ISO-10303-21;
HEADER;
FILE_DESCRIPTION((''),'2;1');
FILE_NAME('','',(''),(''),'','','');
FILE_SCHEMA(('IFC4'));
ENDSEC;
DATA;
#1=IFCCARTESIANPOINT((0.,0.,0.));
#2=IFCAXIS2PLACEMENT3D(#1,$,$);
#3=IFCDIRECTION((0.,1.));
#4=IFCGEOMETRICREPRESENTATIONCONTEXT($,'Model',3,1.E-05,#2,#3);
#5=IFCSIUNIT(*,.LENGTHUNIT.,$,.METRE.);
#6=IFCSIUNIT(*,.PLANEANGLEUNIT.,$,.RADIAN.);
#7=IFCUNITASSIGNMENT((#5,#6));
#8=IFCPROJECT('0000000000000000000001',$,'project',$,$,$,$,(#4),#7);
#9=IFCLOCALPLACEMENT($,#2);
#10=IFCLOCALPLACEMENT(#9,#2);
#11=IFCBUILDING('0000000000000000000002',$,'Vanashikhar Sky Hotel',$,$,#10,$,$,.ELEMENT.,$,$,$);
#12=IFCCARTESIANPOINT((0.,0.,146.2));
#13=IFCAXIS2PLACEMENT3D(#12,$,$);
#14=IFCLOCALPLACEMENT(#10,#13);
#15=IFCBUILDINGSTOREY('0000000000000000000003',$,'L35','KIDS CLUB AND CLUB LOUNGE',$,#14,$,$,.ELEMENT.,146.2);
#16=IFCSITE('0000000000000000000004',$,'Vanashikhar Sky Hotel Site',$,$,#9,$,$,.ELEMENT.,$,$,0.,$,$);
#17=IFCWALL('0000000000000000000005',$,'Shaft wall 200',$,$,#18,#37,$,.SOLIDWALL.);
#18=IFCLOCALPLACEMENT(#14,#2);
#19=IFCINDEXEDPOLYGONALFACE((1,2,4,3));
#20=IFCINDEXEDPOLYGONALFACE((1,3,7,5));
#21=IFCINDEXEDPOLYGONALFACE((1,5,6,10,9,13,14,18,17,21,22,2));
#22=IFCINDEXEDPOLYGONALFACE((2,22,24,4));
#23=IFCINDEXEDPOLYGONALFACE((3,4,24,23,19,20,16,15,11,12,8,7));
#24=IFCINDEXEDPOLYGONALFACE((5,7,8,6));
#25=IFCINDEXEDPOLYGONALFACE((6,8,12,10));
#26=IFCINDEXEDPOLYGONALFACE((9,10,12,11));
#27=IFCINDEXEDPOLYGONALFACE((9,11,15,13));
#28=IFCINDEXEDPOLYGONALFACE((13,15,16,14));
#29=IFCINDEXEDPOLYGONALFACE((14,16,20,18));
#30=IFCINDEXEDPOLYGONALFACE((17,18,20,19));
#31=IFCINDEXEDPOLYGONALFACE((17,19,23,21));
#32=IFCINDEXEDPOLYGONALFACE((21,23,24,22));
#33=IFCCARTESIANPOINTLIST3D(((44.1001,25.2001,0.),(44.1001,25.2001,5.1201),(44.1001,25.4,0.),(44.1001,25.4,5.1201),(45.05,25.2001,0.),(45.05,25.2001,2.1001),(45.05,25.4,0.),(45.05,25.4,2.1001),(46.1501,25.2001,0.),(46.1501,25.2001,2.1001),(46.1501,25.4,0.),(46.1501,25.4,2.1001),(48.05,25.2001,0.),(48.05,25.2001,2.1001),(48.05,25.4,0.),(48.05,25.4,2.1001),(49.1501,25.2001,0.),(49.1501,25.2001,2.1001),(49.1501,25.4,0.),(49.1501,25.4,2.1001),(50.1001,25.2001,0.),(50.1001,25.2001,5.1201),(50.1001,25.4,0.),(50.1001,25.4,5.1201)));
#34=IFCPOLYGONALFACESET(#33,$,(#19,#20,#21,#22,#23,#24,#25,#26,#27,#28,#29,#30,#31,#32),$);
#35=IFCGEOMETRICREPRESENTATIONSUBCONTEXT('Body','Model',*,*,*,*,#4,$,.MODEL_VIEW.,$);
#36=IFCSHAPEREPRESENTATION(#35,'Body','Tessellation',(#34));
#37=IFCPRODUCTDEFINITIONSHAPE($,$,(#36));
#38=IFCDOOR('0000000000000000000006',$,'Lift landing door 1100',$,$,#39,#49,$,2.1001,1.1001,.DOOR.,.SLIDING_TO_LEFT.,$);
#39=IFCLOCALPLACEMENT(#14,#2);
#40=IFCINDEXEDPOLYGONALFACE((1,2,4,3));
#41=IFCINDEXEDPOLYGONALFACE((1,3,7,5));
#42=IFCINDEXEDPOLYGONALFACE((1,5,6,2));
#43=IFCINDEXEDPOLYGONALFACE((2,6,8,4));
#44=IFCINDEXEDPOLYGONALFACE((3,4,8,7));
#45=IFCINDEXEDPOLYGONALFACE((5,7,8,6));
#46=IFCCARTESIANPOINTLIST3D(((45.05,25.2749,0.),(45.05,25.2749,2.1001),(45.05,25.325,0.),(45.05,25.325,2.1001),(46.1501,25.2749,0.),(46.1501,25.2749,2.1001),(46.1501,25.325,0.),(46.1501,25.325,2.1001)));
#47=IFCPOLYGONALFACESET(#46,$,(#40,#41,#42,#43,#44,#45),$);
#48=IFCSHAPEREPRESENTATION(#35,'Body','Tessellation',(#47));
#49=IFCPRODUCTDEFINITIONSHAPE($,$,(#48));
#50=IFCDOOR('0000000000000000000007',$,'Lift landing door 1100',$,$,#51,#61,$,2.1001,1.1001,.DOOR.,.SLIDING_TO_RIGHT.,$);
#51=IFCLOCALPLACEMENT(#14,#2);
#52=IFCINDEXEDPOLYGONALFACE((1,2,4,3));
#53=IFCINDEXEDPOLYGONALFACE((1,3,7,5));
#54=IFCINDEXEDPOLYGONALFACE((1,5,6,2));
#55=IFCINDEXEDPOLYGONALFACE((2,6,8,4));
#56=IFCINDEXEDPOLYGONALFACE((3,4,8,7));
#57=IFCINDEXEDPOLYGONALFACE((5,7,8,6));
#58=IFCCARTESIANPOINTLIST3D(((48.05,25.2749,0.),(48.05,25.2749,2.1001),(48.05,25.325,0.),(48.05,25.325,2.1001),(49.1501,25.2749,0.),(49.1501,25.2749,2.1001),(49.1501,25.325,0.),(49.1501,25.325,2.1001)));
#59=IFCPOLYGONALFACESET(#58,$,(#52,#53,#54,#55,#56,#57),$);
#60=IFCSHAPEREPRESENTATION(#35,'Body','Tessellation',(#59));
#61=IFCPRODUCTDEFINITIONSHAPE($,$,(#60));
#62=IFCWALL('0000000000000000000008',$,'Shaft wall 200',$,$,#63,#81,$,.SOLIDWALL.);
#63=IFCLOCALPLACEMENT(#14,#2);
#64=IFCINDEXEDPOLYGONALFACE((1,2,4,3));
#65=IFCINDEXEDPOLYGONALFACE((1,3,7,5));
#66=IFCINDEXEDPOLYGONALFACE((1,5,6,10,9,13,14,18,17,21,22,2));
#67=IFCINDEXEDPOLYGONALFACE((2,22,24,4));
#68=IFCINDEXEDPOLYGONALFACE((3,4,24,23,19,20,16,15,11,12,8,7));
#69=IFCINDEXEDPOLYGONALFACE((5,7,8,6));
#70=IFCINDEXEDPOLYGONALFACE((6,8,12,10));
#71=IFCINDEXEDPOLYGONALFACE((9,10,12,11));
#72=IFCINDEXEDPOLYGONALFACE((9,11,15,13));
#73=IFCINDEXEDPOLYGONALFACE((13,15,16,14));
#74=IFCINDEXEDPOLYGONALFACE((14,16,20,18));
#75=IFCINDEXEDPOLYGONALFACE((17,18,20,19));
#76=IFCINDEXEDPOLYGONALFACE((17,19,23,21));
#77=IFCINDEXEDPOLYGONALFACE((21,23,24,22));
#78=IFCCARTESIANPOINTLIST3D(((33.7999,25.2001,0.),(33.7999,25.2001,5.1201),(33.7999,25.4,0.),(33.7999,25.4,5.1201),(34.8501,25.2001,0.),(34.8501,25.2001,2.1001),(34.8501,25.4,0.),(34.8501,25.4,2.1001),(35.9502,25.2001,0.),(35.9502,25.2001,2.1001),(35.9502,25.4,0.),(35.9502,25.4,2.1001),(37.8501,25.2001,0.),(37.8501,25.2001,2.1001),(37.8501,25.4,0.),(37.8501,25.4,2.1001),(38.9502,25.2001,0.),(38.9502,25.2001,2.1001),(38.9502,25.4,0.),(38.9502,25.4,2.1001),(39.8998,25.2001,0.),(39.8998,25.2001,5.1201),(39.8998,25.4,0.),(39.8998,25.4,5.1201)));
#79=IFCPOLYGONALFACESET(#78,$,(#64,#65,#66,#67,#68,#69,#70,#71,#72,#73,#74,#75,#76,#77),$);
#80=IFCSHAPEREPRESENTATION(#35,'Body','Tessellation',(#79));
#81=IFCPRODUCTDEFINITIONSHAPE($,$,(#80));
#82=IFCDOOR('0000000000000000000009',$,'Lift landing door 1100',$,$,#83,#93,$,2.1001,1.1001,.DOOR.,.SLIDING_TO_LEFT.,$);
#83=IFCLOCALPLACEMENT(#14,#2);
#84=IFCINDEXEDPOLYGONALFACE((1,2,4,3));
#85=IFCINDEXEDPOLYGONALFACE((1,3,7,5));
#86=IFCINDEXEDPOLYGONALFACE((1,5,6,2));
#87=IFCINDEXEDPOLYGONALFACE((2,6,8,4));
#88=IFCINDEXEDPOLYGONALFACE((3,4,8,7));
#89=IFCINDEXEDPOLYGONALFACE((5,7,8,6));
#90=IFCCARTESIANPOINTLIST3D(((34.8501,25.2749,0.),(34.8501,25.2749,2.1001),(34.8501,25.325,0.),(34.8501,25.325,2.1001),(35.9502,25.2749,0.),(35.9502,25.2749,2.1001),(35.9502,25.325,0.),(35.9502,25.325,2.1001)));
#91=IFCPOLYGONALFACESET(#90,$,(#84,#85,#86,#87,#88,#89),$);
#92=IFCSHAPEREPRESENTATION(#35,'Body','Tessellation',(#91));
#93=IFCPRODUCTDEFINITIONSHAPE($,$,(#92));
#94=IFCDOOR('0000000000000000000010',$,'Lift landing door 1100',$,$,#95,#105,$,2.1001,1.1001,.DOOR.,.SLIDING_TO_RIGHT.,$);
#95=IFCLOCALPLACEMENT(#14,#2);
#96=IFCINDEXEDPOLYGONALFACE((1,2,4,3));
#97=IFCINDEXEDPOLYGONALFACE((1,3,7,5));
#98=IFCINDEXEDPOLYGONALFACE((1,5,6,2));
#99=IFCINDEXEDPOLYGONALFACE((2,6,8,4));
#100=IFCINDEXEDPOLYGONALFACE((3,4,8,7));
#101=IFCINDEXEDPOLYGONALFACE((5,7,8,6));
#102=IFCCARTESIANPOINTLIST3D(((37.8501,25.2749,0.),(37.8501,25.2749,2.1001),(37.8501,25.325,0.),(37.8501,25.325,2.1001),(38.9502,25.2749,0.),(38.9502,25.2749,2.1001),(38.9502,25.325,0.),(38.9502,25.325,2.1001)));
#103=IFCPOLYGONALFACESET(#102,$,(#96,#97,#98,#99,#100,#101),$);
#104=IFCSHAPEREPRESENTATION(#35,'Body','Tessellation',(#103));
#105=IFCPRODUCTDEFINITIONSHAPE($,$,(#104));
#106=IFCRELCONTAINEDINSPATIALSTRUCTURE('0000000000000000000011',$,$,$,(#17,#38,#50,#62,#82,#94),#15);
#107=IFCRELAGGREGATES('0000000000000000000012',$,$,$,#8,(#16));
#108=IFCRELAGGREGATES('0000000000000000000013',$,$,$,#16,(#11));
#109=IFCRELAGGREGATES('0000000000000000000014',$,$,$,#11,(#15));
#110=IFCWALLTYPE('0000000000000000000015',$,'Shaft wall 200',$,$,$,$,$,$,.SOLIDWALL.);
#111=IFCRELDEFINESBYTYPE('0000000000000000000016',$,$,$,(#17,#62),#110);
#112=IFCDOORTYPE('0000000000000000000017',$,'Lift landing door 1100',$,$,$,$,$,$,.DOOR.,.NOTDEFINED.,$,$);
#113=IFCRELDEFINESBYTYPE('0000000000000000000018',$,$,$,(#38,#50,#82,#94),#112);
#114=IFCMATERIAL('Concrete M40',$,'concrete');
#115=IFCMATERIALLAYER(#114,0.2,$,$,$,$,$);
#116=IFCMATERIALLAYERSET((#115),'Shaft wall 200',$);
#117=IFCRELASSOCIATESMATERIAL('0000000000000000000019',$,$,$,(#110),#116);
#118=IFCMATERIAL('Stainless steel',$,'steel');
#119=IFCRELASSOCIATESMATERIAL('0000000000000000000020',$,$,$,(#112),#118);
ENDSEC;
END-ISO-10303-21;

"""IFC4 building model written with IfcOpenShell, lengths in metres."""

from ifc_helpers import new_model, si_unit, direction, frame, frame_2d, origin, place, context, subcontext, project, spatial, rectangle, extrude, source, transform, mapped, material, layer, layer_set, type_object, element, fill, save


model = new_model("IFC4")

# Units and contexts
model_context = context("Model", 3, precision=1e-05, world=origin(), true_north=direction((0.0, 1.0)))
body_context = subcontext(model_context, "Body", "Model", "MODEL_VIEW")
ifc_project = project(units=[si_unit("LENGTHUNIT", "METRE"), si_unit("PLANEANGLEUNIT", "RADIAN")], contexts=[model_context])

# Site, building, storey
site_placement = place(None, origin())
site = spatial("IfcSite", under=ifc_project, at=site_placement, Name="Vanashikhar Sky Hotel Site", CompositionType="ELEMENT", RefElevation=0.0)
building_placement = place(site_placement, origin())
building = spatial("IfcBuilding", under=site, at=building_placement, Name="Vanashikhar Sky Hotel", CompositionType="ELEMENT")
storey_placement = place(building_placement, frame((0.0, 0.0, 146.2)))
storey = spatial("IfcBuildingStorey", under=building, at=storey_placement, Name="L35", Description="KIDS CLUB AND CLUB LOUNGE", CompositionType="ELEMENT", Elevation=146.2)

# Walls, openings, doors
ifc_material_1 = material(Name="Concrete M40", Category="concrete")
ifc_layer = layer(ifc_material_1, 0.2)
ifc_layer_set = layer_set([ifc_layer], Name="Shaft wall 200")
wall_type = type_object("IfcWallType", Name="Shaft wall 200", PredefinedType="SOLIDWALL", material=ifc_layer_set)
shared_shape_1 = source(origin(), body_context, "Body", "SweptSolid", [
    extrude(rectangle(XDim=6.0, YDim=0.2, at=frame_2d((3.0, 0.0))), origin(), (0.0, 0.0, 1.0), 5.1201),
])
wall_1_placement = place(storey_placement, frame((44.1001, 25.3, 0.0), z_axis=(0.0, 0.0, 1.0), x_axis=(1.0, 0.0, 0.0)))
wall_1 = element("IfcWall", 1, at=wall_1_placement, inside=storey, type_object=wall_type, Name="Shaft wall 200", PredefinedType="SOLIDWALL", context=body_context, shape_type="MappedRepresentation", body=[
    mapped(shared_shape_1, transform((0.0, 0.0, 0.0), scale=1.0)),
])
shared_shape_2 = source(origin(), body_context, "Body", "SweptSolid", [
    extrude(rectangle(XDim=1.1001, YDim=2.1001, at=frame_2d((0.55, 1.05))), frame((0.0, 0.1099, 0.0), z_axis=(0.0, -1.0, 0.0), x_axis=(1.0, 0.0, 0.0)), (0.0, 0.0, 1.0), 0.22),
])
opening_1_placement = place(wall_1_placement, frame((0.95, 0.0, 0.0)))
opening_1 = element("IfcOpeningElement", 2, at=opening_1_placement, cuts=wall_1, PredefinedType="OPENING", context=body_context, shape_type="MappedRepresentation", body=[
    mapped(shared_shape_2, transform((0.0, 0.0, 0.0), scale=1.0)),
])
opening_2_placement = place(wall_1_placement, frame((3.95, 0.0, 0.0)))
opening_2 = element("IfcOpeningElement", 3, at=opening_2_placement, cuts=wall_1, PredefinedType="OPENING", context=body_context, shape_type="MappedRepresentation", body=[
    mapped(shared_shape_2, transform((0.0, 0.0, 0.0), scale=1.0)),
])
ifc_material_2 = material(Name="Stainless steel", Category="steel")
door_type = type_object("IfcDoorType", Name="Lift landing door 1100", OperationType="NOTDEFINED", PredefinedType="DOOR", material=ifc_material_2)
shared_shape_3 = source(origin(), body_context, "Body", "SweptSolid", [
    extrude(rectangle(XDim=1.1001, YDim=2.1001, at=frame_2d((0.55, 1.05))), frame((0.0, 0.0249, 0.0), z_axis=(0.0, -1.0, 0.0), x_axis=(1.0, 0.0, 0.0)), (0.0, 0.0, 1.0), 0.05),
])
door_1_placement = place(opening_1_placement, origin())
door_1 = element("IfcDoor", 4, at=door_1_placement, inside=storey, type_object=door_type, Name="Lift landing door 1100", OperationType="SLIDING_TO_LEFT", OverallHeight=2.1001, OverallWidth=1.1001, PredefinedType="DOOR", context=body_context, shape_type="MappedRepresentation", body=[
    mapped(shared_shape_3, transform((0.0, 0.0, 0.0), scale=1.0)),
])
fill(opening_1, door_1)
door_2_placement = place(opening_2_placement, origin())
door_2 = element("IfcDoor", 5, at=door_2_placement, inside=storey, type_object=door_type, Name="Lift landing door 1100", OperationType="SLIDING_TO_RIGHT", OverallHeight=2.1001, OverallWidth=1.1001, PredefinedType="DOOR", context=body_context, shape_type="MappedRepresentation", body=[
    mapped(shared_shape_3, transform((0.0, 0.0, 0.0), scale=1.0)),
])
fill(opening_2, door_2)
shared_shape_4 = source(origin(), body_context, "Body", "SweptSolid", [
    extrude(rectangle(XDim=6.0999, YDim=0.2, at=frame_2d((3.0498, 0.0))), origin(), (0.0, 0.0, 1.0), 5.1201),
])
wall_2_placement = place(storey_placement, frame((33.8, 25.3, 0.0), z_axis=(0.0, 0.0, 1.0), x_axis=(1.0, 0.0, 0.0)))
wall_2 = element("IfcWall", 6, at=wall_2_placement, inside=storey, type_object=wall_type, Name="Shaft wall 200", PredefinedType="SOLIDWALL", context=body_context, shape_type="MappedRepresentation", body=[
    mapped(shared_shape_4, transform((0.0, 0.0, 0.0), scale=1.0)),
])
opening_3_placement = place(wall_2_placement, frame((1.05, 0.0, 0.0)))
opening_3 = element("IfcOpeningElement", 7, at=opening_3_placement, cuts=wall_2, PredefinedType="OPENING", context=body_context, shape_type="MappedRepresentation", body=[
    mapped(shared_shape_2, transform((0.0, 0.0, 0.0), scale=1.0)),
])
opening_4_placement = place(wall_2_placement, frame((4.05, 0.0, 0.0)))
opening_4 = element("IfcOpeningElement", 8, at=opening_4_placement, cuts=wall_2, PredefinedType="OPENING", context=body_context, shape_type="MappedRepresentation", body=[
    mapped(shared_shape_2, transform((0.0, 0.0, 0.0), scale=1.0)),
])
door_3_placement = place(opening_3_placement, origin())
door_3 = element("IfcDoor", 9, at=door_3_placement, inside=storey, type_object=door_type, Name="Lift landing door 1100", OperationType="SLIDING_TO_LEFT", OverallHeight=2.1001, OverallWidth=1.1001, PredefinedType="DOOR", context=body_context, shape_type="MappedRepresentation", body=[
    mapped(shared_shape_3, transform((0.0, 0.0, 0.0), scale=1.0)),
])
fill(opening_3, door_3)
door_4_placement = place(opening_4_placement, origin())
door_4 = element("IfcDoor", 10, at=door_4_placement, inside=storey, type_object=door_type, Name="Lift landing door 1100", OperationType="SLIDING_TO_RIGHT", OverallHeight=2.1001, OverallWidth=1.1001, PredefinedType="DOOR", context=body_context, shape_type="MappedRepresentation", body=[
    mapped(shared_shape_3, transform((0.0, 0.0, 0.0), scale=1.0)),
])
fill(opening_4, door_4)

save(model, "model.ifc")
